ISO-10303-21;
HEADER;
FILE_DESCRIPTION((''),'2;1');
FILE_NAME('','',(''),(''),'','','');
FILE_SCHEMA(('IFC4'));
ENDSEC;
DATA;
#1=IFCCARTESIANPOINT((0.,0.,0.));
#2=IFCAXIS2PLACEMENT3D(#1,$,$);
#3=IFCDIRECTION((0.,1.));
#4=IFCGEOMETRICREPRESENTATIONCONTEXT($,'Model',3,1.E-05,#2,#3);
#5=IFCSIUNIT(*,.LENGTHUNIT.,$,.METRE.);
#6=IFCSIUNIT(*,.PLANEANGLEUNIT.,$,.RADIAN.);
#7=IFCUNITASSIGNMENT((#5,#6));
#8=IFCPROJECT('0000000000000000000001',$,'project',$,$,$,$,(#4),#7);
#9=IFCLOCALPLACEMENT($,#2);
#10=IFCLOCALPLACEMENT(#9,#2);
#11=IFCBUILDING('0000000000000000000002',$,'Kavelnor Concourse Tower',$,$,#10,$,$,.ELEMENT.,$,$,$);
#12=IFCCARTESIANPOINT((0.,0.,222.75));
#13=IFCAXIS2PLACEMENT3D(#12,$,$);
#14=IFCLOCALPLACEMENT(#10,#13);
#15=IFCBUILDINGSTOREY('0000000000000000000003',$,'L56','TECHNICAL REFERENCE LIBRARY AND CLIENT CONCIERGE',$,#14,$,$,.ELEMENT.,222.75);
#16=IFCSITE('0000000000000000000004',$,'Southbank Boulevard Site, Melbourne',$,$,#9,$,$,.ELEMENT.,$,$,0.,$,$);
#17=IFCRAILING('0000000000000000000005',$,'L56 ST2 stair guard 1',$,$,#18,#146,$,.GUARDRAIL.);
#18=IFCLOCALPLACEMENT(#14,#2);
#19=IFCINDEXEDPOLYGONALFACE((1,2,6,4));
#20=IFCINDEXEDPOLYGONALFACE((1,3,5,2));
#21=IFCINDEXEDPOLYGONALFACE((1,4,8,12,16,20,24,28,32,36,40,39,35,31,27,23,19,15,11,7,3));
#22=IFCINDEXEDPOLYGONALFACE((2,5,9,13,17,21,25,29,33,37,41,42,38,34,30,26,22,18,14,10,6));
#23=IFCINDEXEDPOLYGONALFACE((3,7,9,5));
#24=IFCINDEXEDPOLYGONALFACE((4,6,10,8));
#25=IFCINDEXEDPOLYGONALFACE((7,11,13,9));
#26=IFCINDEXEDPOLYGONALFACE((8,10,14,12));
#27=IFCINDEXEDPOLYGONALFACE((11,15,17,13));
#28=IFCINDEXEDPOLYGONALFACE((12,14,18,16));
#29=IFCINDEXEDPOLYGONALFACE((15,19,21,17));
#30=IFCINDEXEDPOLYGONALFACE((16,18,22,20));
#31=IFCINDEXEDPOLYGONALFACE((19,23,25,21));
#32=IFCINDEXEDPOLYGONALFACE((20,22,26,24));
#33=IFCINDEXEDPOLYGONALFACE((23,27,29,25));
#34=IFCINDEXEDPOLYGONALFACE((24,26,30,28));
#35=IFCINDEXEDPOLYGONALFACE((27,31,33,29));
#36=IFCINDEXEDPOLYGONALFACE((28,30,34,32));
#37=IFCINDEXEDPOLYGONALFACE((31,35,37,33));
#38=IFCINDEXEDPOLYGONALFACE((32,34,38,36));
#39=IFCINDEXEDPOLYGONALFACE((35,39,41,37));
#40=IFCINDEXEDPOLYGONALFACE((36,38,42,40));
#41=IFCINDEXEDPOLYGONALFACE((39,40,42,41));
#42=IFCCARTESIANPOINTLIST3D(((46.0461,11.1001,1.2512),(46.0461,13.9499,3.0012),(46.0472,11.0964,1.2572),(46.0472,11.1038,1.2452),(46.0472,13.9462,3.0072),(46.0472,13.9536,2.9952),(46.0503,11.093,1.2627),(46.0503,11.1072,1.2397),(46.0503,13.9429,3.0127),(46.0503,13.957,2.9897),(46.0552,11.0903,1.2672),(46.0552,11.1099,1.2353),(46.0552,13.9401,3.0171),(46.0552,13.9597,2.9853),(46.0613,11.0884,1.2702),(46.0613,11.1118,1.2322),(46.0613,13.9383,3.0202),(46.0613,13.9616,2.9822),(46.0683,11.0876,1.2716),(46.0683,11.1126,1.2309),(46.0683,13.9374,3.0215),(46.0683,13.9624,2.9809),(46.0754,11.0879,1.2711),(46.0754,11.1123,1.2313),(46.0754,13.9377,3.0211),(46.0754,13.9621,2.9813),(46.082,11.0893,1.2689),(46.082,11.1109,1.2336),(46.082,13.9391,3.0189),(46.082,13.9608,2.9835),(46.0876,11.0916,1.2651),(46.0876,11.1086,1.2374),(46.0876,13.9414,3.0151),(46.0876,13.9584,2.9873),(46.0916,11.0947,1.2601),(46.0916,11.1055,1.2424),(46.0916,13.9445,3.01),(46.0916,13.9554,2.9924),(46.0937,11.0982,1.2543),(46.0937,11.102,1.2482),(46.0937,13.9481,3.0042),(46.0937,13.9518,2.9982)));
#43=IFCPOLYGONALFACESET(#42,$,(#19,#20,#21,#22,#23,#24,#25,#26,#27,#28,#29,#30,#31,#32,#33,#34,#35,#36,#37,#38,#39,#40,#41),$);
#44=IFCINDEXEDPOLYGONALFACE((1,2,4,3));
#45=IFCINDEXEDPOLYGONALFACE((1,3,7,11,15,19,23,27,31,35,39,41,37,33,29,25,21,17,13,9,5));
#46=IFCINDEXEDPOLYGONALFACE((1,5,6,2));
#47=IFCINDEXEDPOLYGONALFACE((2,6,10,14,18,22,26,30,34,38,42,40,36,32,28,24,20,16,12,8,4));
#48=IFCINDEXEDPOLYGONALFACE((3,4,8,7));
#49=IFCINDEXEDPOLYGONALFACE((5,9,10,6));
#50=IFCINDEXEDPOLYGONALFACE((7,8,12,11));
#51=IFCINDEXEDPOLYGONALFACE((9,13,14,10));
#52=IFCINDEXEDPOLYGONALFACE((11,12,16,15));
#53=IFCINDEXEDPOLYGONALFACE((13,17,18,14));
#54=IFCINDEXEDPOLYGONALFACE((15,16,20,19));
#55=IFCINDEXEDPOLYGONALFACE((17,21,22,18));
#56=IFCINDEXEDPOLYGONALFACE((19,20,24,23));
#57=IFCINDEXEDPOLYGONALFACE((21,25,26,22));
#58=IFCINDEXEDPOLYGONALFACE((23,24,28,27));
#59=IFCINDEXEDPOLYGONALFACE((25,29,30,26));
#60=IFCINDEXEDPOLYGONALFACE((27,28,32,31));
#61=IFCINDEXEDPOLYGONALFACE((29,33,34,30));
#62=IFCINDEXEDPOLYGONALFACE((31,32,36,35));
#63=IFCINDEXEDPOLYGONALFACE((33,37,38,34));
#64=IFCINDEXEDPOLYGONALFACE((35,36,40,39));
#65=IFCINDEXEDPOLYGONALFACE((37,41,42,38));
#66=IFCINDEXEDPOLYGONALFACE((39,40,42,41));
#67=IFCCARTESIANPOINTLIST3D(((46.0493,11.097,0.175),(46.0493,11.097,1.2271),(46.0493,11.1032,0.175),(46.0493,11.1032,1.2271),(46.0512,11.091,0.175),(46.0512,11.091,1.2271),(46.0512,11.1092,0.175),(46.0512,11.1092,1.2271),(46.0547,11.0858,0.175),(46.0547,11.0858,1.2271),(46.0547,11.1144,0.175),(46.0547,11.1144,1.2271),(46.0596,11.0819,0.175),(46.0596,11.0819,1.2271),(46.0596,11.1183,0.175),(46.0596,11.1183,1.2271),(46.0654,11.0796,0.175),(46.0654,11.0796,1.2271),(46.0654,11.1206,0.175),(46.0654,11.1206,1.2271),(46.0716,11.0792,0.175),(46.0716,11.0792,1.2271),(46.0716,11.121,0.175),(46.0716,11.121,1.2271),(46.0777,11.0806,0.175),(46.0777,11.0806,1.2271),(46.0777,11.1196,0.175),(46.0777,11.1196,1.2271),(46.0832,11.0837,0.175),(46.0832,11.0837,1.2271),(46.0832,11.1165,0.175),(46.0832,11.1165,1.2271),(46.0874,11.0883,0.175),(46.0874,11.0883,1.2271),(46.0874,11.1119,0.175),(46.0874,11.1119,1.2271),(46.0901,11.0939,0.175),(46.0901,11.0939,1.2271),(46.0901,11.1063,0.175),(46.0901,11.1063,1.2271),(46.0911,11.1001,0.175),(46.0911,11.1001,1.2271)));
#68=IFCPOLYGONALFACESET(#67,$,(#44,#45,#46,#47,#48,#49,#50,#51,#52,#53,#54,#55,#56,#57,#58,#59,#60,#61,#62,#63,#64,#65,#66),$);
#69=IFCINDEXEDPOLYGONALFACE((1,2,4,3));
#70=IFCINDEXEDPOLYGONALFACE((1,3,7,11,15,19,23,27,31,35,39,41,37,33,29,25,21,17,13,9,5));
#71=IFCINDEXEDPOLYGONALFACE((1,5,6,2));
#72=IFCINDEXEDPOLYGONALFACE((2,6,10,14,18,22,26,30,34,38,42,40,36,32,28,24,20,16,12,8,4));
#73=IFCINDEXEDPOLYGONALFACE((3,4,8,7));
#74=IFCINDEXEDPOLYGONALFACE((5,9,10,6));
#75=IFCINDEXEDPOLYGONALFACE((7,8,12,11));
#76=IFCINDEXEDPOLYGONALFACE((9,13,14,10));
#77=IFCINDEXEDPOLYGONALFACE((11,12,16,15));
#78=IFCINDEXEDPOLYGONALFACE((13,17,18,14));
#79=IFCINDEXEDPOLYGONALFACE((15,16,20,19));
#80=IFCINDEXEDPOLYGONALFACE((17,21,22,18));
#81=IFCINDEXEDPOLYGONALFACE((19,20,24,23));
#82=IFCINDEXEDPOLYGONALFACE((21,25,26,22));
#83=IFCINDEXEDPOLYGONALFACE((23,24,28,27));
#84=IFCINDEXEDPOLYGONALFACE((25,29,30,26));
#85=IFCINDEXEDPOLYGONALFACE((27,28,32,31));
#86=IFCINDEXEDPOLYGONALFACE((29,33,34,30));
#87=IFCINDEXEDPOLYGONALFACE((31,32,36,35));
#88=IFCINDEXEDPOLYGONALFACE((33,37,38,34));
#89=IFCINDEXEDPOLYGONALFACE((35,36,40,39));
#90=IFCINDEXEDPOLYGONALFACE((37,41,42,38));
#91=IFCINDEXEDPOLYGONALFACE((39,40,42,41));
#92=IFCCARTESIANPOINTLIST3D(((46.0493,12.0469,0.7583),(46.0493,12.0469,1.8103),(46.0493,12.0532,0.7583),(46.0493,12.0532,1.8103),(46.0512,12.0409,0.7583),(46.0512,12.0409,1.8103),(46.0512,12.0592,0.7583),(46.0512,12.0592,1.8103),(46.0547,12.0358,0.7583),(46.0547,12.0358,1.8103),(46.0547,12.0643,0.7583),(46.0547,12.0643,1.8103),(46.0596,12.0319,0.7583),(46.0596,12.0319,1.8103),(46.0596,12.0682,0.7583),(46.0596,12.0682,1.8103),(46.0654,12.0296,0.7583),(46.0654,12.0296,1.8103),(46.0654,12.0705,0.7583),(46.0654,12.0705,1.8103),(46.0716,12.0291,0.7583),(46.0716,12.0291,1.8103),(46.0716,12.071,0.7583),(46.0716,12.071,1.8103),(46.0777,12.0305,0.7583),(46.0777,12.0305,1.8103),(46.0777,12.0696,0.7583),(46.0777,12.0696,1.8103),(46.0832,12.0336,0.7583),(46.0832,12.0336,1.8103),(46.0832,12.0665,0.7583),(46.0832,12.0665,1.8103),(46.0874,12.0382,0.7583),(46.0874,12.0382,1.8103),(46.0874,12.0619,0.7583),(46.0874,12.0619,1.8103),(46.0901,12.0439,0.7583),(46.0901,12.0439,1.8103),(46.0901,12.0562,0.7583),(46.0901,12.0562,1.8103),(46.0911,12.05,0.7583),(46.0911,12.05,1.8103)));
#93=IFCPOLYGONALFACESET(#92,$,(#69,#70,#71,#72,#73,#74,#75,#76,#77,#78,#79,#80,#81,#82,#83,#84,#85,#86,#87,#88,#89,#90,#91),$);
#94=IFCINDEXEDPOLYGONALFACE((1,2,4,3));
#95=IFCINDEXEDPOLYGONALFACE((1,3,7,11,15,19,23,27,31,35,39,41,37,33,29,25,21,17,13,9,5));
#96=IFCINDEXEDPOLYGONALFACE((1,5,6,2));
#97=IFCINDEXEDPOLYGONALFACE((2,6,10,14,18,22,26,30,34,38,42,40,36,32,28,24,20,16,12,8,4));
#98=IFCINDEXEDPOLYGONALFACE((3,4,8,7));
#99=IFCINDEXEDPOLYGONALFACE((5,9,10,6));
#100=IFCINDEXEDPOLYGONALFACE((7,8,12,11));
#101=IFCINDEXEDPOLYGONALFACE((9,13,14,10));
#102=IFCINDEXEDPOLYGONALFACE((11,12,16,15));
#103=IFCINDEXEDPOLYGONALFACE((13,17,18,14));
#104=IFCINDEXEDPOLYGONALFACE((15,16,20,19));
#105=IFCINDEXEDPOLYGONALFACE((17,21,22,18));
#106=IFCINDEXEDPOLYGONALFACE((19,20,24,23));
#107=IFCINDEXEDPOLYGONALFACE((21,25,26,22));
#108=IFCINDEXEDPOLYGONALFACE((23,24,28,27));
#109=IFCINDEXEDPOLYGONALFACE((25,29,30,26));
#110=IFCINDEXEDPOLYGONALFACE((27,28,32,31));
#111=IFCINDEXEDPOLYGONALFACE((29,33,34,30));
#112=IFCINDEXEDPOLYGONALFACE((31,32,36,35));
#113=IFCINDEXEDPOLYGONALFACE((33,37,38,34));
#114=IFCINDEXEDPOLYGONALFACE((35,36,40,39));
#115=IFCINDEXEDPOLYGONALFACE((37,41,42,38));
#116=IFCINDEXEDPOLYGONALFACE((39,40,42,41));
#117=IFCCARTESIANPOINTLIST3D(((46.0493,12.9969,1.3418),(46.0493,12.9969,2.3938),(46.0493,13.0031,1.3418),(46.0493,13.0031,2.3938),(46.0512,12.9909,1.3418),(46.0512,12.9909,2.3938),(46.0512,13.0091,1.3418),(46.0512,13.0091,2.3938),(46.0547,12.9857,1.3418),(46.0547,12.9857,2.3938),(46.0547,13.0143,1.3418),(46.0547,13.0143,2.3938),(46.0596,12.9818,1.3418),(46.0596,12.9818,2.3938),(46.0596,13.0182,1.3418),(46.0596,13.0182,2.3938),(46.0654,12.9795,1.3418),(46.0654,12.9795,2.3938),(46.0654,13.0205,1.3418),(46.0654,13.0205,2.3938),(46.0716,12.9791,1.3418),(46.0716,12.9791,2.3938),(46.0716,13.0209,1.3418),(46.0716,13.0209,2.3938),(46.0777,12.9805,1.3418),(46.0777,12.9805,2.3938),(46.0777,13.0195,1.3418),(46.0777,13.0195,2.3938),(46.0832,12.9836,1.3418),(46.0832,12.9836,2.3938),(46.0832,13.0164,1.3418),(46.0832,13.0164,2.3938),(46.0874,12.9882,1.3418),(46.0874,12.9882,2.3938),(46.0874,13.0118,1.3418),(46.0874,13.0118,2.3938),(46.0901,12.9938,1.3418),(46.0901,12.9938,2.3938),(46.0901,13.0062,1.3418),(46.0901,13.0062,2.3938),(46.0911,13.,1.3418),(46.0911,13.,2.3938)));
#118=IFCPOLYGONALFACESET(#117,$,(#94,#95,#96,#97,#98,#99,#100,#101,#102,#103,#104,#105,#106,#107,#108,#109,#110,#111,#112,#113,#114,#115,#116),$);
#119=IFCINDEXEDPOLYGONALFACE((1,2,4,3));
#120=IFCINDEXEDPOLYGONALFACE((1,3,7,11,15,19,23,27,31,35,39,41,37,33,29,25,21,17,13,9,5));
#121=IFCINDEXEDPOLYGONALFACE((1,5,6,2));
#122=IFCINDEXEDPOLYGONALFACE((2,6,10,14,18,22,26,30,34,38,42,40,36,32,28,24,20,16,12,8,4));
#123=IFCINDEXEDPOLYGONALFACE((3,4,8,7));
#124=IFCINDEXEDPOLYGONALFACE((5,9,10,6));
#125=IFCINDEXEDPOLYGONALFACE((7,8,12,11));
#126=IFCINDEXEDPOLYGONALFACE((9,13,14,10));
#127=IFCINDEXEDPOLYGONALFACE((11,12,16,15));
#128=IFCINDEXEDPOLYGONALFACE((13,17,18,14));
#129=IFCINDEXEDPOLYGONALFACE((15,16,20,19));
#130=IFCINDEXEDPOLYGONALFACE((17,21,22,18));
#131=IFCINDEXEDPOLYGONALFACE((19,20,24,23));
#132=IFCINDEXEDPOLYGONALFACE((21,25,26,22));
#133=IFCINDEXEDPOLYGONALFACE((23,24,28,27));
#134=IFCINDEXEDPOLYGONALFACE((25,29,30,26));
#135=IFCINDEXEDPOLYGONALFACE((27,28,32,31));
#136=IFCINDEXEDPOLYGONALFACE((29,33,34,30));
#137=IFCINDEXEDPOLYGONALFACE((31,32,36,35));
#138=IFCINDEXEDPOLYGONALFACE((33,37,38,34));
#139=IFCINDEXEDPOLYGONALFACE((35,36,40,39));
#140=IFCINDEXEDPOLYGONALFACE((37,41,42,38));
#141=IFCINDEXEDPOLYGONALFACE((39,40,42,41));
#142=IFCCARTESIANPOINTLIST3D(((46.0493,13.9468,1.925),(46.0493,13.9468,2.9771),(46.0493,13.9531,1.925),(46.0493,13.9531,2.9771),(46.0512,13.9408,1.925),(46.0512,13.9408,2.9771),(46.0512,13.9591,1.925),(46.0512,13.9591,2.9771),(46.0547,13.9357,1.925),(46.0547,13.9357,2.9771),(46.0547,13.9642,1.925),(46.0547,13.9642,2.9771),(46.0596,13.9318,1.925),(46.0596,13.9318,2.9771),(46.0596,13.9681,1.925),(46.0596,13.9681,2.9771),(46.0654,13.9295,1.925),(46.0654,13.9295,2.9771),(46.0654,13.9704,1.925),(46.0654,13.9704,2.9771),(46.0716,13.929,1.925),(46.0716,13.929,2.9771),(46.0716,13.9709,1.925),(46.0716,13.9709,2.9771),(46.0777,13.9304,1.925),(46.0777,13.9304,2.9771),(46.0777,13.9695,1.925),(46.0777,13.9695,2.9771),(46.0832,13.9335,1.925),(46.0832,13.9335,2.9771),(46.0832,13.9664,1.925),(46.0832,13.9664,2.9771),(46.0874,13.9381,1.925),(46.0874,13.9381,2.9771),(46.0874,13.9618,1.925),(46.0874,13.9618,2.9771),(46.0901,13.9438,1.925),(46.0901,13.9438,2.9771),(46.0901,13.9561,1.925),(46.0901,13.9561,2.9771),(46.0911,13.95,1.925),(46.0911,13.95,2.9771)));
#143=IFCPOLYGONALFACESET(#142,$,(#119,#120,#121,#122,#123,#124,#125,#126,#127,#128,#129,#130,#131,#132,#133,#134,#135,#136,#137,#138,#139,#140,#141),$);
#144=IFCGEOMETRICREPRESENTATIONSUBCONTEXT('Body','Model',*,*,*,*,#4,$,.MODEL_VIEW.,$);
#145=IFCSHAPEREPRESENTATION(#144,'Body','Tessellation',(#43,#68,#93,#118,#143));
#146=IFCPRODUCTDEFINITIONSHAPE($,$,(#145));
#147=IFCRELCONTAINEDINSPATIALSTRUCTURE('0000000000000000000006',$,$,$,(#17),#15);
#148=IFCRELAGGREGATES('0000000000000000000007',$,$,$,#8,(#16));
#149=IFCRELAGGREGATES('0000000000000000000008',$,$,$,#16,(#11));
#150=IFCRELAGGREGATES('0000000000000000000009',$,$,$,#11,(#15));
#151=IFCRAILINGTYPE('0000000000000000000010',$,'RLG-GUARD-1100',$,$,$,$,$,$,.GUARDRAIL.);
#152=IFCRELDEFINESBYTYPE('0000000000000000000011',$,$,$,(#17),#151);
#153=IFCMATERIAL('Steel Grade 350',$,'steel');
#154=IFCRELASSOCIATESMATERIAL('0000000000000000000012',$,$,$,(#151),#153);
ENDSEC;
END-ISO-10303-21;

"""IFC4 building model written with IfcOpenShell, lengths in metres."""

from ifc_helpers import new_model, si_unit, direction, frame, origin, origin_2d, place, context, subcontext, project, spatial, circle, extrude, material, type_object, element, save


model = new_model("IFC4")

# Units and contexts
model_context = context("Model", 3, precision=1e-05, world=origin(), true_north=direction((0.0, 1.0)))
body_context = subcontext(model_context, "Body", "Model", "MODEL_VIEW")
ifc_project = project(units=[si_unit("LENGTHUNIT", "METRE"), si_unit("PLANEANGLEUNIT", "RADIAN")], contexts=[model_context])

# Site, building, storey
site_placement = place(None, origin())
site = spatial("IfcSite", under=ifc_project, at=site_placement, Name="Southbank Boulevard Site, Melbourne", CompositionType="ELEMENT", RefElevation=0.0)
building_placement = place(site_placement, origin())
building = spatial("IfcBuilding", under=site, at=building_placement, Name="Kavelnor Concourse Tower", CompositionType="ELEMENT")
storey_placement = place(building_placement, frame((0.0, 0.0, 222.75)))
storey = spatial("IfcBuildingStorey", under=building, at=storey_placement, Name="L56", Description="TECHNICAL REFERENCE LIBRARY AND CLIENT CONCIERGE", CompositionType="ELEMENT", Elevation=222.75)

# Shared definitions
ifc_material_1 = material(Name="Steel Grade 350", Category="steel")

# Railing
railing_type_1 = type_object("IfcRailingType", Name="RLG-GUARD-1100", PredefinedType="GUARDRAIL", material=ifc_material_1)
railing_1_placement = place(storey_placement, frame((46.0701, 11.1001, 0.175)))
element("IfcRailing", 1, at=railing_1_placement, inside=storey, type_object=railing_type_1, Name="L56 ST2 stair guard 1", PredefinedType="GUARDRAIL", context=body_context, shape_type="SweptSolid", body=[
    extrude(circle(Radius=0.0239, at=origin_2d()), frame((0.0, 0.0, 1.0762), z_axis=(0.0, 0.852159, 0.523283), x_axis=(-1.0, 0.0, 0.0)), (0.0, 0.0, 1.0), 3.3442),
    extrude(circle(Radius=0.021, at=origin_2d()), origin(), (0.0, 0.0, 1.0), 1.052),
    extrude(circle(Radius=0.021, at=origin_2d()), frame((0.0, 0.95, 0.5833)), (0.0, 0.0, 1.0), 1.052),
    extrude(circle(Radius=0.021, at=origin_2d()), frame((0.0, 1.8999, 1.1667)), (0.0, 0.0, 1.0), 1.052),
    extrude(circle(Radius=0.021, at=origin_2d()), frame((0.0, 2.8499, 1.75)), (0.0, 0.0, 1.0), 1.052),
])

save(model, "model.ifc")
